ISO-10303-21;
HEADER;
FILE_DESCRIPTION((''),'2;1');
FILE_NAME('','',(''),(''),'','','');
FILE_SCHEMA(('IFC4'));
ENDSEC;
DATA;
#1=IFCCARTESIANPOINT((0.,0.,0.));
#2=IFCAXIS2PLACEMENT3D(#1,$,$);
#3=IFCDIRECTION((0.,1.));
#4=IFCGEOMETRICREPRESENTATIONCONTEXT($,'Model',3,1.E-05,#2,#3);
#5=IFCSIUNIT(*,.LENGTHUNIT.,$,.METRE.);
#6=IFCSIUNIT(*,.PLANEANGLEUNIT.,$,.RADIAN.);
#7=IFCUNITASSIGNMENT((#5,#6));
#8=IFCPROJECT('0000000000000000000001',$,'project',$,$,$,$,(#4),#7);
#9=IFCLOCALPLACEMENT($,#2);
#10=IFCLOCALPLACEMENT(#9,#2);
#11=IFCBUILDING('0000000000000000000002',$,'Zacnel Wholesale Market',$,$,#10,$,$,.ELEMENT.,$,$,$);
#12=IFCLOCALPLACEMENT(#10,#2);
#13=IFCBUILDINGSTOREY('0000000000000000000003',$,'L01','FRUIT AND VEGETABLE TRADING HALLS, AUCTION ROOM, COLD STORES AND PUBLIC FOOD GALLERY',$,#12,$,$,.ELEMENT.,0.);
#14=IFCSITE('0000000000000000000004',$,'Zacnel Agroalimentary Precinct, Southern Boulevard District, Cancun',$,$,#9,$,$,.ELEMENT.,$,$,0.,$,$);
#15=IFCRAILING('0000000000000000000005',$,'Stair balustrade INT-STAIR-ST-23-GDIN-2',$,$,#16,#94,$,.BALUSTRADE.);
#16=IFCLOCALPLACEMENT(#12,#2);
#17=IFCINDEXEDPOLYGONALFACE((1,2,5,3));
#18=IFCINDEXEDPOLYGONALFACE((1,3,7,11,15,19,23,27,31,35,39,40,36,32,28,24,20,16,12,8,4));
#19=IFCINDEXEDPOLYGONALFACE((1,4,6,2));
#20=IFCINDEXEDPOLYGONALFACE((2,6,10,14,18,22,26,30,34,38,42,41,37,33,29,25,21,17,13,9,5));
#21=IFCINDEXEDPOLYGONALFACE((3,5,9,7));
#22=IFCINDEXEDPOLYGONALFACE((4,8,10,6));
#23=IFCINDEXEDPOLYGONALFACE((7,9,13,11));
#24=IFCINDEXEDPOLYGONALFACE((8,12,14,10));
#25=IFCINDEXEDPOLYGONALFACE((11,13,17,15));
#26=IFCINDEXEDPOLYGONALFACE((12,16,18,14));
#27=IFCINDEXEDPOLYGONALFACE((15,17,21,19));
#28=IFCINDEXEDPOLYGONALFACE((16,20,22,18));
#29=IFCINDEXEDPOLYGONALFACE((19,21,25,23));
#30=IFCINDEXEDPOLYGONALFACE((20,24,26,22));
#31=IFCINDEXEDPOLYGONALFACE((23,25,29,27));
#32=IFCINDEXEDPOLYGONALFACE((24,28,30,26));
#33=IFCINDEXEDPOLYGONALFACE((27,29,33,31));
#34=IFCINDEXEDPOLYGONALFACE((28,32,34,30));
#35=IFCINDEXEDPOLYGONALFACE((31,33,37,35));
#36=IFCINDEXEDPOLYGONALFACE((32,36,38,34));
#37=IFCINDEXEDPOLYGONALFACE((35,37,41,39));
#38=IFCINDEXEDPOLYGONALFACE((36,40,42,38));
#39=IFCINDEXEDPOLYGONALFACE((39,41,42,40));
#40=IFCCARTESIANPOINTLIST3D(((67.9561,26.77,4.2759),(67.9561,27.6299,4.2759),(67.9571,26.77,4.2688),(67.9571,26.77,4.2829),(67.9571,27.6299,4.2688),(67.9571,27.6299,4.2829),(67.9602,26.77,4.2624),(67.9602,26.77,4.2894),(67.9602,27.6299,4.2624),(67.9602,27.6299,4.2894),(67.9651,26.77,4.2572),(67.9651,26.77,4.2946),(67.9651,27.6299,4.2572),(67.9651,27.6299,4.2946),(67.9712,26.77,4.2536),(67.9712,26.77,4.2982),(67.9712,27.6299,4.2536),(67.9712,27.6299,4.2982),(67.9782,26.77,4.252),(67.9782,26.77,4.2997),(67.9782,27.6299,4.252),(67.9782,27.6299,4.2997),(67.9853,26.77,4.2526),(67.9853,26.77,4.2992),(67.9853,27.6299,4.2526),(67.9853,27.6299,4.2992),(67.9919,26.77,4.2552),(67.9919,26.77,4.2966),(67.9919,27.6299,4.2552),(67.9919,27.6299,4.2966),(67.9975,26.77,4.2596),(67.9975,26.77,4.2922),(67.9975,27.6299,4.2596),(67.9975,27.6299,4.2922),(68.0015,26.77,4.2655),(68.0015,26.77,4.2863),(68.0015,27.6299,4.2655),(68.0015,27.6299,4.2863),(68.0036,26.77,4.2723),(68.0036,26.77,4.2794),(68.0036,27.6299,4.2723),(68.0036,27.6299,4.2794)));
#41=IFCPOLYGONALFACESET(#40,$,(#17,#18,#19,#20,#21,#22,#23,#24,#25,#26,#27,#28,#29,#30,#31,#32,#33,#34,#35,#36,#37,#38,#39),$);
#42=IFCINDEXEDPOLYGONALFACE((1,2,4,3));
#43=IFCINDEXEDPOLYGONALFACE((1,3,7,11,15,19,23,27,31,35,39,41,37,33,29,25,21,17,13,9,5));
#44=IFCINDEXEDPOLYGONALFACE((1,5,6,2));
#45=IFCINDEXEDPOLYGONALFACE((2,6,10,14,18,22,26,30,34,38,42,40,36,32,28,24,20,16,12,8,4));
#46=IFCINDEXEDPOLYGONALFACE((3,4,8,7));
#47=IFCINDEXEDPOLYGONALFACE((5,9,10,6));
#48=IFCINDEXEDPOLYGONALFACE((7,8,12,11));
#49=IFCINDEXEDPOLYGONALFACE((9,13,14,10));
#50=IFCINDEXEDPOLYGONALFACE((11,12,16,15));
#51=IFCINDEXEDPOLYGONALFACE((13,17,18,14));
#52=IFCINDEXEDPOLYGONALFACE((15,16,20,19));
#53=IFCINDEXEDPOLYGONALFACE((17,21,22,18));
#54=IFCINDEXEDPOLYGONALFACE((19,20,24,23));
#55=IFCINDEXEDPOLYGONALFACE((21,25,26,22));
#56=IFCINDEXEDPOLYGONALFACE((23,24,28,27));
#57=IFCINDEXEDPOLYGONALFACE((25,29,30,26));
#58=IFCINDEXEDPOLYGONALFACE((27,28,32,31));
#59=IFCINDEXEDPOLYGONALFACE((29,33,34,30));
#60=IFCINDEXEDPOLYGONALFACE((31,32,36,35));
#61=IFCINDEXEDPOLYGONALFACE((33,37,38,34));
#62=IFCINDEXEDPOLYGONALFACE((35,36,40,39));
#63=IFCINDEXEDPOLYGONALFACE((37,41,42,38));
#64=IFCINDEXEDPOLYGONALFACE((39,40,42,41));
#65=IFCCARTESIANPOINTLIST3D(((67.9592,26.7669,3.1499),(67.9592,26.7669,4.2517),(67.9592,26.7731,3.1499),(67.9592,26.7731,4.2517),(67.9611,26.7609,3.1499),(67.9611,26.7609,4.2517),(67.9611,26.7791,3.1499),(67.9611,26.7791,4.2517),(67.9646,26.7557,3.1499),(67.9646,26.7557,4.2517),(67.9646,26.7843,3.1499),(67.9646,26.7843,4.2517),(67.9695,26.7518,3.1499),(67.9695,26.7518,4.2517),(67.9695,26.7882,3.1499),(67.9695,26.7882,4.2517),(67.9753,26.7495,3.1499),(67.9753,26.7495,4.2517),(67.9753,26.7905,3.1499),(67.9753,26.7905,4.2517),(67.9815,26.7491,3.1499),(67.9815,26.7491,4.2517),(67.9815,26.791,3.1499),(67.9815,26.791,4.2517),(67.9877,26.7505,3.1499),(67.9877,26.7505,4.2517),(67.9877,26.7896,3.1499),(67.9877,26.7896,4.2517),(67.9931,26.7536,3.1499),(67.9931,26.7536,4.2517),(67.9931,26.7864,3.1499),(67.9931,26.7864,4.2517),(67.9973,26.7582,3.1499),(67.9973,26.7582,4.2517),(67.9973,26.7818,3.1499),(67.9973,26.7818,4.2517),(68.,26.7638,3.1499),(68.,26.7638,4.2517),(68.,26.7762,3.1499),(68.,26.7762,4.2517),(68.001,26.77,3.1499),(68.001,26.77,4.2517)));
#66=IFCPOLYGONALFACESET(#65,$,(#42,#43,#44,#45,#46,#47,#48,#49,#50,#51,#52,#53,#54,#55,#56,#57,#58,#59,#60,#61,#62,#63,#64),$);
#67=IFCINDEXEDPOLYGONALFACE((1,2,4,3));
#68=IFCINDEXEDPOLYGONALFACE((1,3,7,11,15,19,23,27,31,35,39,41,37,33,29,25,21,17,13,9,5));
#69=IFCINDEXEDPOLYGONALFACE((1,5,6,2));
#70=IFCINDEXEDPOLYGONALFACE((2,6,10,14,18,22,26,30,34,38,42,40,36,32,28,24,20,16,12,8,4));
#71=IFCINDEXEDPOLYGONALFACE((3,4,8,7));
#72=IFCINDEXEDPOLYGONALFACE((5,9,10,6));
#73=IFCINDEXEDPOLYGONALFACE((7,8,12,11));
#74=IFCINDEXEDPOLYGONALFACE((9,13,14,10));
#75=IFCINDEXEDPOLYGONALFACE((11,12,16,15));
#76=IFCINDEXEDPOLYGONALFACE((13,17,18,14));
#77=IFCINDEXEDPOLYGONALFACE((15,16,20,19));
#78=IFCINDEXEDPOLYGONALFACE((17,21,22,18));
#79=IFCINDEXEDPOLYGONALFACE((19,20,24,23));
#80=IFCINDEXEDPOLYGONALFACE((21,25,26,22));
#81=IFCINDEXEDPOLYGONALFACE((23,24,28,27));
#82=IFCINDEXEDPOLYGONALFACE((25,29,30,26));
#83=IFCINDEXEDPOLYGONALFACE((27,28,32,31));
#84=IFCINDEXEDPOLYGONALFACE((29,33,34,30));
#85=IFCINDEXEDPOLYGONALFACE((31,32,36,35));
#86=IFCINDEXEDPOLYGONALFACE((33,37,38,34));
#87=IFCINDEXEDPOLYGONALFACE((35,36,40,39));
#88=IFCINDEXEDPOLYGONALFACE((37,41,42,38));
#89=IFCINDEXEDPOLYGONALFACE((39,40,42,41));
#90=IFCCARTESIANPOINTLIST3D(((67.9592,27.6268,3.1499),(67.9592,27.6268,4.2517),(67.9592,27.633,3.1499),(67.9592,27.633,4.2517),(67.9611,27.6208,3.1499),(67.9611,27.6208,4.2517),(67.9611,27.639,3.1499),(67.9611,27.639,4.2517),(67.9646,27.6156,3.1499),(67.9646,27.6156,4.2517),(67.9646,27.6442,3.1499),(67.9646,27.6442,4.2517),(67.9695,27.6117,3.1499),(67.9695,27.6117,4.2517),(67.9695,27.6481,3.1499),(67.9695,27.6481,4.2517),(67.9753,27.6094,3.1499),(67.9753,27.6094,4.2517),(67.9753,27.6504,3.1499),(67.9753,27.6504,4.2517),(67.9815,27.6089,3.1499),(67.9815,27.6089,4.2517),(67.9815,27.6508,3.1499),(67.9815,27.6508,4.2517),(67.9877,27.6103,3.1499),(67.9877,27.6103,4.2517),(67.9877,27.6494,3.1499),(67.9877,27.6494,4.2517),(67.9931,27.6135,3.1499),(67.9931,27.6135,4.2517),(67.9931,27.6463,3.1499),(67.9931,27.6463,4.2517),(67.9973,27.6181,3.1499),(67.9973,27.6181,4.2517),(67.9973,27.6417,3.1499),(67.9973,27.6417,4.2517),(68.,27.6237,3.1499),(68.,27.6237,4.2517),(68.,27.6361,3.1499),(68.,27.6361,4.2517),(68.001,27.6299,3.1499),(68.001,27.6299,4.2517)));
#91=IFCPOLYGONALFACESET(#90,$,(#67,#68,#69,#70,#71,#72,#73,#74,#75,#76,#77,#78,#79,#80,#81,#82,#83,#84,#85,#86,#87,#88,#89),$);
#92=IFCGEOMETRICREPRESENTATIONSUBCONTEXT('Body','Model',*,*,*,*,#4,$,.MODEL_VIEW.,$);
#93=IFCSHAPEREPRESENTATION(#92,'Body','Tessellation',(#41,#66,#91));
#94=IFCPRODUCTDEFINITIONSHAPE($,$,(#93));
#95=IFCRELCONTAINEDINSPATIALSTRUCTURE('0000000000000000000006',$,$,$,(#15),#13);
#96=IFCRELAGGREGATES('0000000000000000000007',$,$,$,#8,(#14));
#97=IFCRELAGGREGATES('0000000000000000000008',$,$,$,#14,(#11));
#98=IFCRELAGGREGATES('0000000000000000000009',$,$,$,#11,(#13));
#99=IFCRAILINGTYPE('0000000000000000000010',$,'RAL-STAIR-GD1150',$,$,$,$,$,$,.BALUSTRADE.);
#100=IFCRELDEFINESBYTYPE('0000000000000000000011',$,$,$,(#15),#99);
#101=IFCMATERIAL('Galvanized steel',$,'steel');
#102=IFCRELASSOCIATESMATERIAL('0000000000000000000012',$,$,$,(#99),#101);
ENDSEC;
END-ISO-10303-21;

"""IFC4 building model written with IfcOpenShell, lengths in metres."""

from ifc_helpers import new_model, si_unit, direction, frame, origin, origin_2d, place, context, subcontext, project, spatial, circle, extrude, material, type_object, element, save


model = new_model("IFC4")

# Units and contexts
model_context = context("Model", 3, precision=1e-05, world=origin(), true_north=direction((0.0, 1.0)))
body_context = subcontext(model_context, "Body", "Model", "MODEL_VIEW")
ifc_project = project(units=[si_unit("LENGTHUNIT", "METRE"), si_unit("PLANEANGLEUNIT", "RADIAN")], contexts=[model_context])

# Site, building, storey
site_placement = place(None, origin())
site = spatial("IfcSite", under=ifc_project, at=site_placement, Name="Zacnel Agroalimentary Precinct, Southern Boulevard District, Cancun", CompositionType="ELEMENT", RefElevation=0.0)
building_placement = place(site_placement, origin())
building = spatial("IfcBuilding", under=site, at=building_placement, Name="Zacnel Wholesale Market", CompositionType="ELEMENT")
storey_placement = place(building_placement, origin())
storey = spatial("IfcBuildingStorey", under=building, at=storey_placement, Name="L01", Description="FRUIT AND VEGETABLE TRADING HALLS, AUCTION ROOM, COLD STORES AND PUBLIC FOOD GALLERY", CompositionType="ELEMENT", Elevation=0.0)

# Railing
ifc_material_1 = material(Name="Galvanized steel", Category="steel")
railing_type_1 = type_object("IfcRailingType", Name="RAL-STAIR-GD1150", PredefinedType="BALUSTRADE", material=ifc_material_1)
railing_1_placement = place(storey_placement, frame((67.98, 26.77, 3.1499)))
element("IfcRailing", 1, at=railing_1_placement, inside=storey, type_object=railing_type_1, Name="Stair balustrade INT-STAIR-ST-23-GDIN-2", PredefinedType="BALUSTRADE", context=body_context, shape_type="SweptSolid", body=[
    extrude(circle(Radius=0.0239, at=origin_2d()), frame((0.0, 0.0, 1.126), z_axis=(0.0, 1.0, 0.0), x_axis=(-1.0, 0.0, 0.0)), (0.0, 0.0, 1.0), 0.8599),
    extrude(circle(Radius=0.021, at=origin_2d()), origin(), (0.0, 0.0, 1.0), 1.1018),
    extrude(circle(Radius=0.021, at=origin_2d()), frame((0.0, 0.8599, 0.0)), (0.0, 0.0, 1.0), 1.1018),
])

save(model, "model.ifc")
